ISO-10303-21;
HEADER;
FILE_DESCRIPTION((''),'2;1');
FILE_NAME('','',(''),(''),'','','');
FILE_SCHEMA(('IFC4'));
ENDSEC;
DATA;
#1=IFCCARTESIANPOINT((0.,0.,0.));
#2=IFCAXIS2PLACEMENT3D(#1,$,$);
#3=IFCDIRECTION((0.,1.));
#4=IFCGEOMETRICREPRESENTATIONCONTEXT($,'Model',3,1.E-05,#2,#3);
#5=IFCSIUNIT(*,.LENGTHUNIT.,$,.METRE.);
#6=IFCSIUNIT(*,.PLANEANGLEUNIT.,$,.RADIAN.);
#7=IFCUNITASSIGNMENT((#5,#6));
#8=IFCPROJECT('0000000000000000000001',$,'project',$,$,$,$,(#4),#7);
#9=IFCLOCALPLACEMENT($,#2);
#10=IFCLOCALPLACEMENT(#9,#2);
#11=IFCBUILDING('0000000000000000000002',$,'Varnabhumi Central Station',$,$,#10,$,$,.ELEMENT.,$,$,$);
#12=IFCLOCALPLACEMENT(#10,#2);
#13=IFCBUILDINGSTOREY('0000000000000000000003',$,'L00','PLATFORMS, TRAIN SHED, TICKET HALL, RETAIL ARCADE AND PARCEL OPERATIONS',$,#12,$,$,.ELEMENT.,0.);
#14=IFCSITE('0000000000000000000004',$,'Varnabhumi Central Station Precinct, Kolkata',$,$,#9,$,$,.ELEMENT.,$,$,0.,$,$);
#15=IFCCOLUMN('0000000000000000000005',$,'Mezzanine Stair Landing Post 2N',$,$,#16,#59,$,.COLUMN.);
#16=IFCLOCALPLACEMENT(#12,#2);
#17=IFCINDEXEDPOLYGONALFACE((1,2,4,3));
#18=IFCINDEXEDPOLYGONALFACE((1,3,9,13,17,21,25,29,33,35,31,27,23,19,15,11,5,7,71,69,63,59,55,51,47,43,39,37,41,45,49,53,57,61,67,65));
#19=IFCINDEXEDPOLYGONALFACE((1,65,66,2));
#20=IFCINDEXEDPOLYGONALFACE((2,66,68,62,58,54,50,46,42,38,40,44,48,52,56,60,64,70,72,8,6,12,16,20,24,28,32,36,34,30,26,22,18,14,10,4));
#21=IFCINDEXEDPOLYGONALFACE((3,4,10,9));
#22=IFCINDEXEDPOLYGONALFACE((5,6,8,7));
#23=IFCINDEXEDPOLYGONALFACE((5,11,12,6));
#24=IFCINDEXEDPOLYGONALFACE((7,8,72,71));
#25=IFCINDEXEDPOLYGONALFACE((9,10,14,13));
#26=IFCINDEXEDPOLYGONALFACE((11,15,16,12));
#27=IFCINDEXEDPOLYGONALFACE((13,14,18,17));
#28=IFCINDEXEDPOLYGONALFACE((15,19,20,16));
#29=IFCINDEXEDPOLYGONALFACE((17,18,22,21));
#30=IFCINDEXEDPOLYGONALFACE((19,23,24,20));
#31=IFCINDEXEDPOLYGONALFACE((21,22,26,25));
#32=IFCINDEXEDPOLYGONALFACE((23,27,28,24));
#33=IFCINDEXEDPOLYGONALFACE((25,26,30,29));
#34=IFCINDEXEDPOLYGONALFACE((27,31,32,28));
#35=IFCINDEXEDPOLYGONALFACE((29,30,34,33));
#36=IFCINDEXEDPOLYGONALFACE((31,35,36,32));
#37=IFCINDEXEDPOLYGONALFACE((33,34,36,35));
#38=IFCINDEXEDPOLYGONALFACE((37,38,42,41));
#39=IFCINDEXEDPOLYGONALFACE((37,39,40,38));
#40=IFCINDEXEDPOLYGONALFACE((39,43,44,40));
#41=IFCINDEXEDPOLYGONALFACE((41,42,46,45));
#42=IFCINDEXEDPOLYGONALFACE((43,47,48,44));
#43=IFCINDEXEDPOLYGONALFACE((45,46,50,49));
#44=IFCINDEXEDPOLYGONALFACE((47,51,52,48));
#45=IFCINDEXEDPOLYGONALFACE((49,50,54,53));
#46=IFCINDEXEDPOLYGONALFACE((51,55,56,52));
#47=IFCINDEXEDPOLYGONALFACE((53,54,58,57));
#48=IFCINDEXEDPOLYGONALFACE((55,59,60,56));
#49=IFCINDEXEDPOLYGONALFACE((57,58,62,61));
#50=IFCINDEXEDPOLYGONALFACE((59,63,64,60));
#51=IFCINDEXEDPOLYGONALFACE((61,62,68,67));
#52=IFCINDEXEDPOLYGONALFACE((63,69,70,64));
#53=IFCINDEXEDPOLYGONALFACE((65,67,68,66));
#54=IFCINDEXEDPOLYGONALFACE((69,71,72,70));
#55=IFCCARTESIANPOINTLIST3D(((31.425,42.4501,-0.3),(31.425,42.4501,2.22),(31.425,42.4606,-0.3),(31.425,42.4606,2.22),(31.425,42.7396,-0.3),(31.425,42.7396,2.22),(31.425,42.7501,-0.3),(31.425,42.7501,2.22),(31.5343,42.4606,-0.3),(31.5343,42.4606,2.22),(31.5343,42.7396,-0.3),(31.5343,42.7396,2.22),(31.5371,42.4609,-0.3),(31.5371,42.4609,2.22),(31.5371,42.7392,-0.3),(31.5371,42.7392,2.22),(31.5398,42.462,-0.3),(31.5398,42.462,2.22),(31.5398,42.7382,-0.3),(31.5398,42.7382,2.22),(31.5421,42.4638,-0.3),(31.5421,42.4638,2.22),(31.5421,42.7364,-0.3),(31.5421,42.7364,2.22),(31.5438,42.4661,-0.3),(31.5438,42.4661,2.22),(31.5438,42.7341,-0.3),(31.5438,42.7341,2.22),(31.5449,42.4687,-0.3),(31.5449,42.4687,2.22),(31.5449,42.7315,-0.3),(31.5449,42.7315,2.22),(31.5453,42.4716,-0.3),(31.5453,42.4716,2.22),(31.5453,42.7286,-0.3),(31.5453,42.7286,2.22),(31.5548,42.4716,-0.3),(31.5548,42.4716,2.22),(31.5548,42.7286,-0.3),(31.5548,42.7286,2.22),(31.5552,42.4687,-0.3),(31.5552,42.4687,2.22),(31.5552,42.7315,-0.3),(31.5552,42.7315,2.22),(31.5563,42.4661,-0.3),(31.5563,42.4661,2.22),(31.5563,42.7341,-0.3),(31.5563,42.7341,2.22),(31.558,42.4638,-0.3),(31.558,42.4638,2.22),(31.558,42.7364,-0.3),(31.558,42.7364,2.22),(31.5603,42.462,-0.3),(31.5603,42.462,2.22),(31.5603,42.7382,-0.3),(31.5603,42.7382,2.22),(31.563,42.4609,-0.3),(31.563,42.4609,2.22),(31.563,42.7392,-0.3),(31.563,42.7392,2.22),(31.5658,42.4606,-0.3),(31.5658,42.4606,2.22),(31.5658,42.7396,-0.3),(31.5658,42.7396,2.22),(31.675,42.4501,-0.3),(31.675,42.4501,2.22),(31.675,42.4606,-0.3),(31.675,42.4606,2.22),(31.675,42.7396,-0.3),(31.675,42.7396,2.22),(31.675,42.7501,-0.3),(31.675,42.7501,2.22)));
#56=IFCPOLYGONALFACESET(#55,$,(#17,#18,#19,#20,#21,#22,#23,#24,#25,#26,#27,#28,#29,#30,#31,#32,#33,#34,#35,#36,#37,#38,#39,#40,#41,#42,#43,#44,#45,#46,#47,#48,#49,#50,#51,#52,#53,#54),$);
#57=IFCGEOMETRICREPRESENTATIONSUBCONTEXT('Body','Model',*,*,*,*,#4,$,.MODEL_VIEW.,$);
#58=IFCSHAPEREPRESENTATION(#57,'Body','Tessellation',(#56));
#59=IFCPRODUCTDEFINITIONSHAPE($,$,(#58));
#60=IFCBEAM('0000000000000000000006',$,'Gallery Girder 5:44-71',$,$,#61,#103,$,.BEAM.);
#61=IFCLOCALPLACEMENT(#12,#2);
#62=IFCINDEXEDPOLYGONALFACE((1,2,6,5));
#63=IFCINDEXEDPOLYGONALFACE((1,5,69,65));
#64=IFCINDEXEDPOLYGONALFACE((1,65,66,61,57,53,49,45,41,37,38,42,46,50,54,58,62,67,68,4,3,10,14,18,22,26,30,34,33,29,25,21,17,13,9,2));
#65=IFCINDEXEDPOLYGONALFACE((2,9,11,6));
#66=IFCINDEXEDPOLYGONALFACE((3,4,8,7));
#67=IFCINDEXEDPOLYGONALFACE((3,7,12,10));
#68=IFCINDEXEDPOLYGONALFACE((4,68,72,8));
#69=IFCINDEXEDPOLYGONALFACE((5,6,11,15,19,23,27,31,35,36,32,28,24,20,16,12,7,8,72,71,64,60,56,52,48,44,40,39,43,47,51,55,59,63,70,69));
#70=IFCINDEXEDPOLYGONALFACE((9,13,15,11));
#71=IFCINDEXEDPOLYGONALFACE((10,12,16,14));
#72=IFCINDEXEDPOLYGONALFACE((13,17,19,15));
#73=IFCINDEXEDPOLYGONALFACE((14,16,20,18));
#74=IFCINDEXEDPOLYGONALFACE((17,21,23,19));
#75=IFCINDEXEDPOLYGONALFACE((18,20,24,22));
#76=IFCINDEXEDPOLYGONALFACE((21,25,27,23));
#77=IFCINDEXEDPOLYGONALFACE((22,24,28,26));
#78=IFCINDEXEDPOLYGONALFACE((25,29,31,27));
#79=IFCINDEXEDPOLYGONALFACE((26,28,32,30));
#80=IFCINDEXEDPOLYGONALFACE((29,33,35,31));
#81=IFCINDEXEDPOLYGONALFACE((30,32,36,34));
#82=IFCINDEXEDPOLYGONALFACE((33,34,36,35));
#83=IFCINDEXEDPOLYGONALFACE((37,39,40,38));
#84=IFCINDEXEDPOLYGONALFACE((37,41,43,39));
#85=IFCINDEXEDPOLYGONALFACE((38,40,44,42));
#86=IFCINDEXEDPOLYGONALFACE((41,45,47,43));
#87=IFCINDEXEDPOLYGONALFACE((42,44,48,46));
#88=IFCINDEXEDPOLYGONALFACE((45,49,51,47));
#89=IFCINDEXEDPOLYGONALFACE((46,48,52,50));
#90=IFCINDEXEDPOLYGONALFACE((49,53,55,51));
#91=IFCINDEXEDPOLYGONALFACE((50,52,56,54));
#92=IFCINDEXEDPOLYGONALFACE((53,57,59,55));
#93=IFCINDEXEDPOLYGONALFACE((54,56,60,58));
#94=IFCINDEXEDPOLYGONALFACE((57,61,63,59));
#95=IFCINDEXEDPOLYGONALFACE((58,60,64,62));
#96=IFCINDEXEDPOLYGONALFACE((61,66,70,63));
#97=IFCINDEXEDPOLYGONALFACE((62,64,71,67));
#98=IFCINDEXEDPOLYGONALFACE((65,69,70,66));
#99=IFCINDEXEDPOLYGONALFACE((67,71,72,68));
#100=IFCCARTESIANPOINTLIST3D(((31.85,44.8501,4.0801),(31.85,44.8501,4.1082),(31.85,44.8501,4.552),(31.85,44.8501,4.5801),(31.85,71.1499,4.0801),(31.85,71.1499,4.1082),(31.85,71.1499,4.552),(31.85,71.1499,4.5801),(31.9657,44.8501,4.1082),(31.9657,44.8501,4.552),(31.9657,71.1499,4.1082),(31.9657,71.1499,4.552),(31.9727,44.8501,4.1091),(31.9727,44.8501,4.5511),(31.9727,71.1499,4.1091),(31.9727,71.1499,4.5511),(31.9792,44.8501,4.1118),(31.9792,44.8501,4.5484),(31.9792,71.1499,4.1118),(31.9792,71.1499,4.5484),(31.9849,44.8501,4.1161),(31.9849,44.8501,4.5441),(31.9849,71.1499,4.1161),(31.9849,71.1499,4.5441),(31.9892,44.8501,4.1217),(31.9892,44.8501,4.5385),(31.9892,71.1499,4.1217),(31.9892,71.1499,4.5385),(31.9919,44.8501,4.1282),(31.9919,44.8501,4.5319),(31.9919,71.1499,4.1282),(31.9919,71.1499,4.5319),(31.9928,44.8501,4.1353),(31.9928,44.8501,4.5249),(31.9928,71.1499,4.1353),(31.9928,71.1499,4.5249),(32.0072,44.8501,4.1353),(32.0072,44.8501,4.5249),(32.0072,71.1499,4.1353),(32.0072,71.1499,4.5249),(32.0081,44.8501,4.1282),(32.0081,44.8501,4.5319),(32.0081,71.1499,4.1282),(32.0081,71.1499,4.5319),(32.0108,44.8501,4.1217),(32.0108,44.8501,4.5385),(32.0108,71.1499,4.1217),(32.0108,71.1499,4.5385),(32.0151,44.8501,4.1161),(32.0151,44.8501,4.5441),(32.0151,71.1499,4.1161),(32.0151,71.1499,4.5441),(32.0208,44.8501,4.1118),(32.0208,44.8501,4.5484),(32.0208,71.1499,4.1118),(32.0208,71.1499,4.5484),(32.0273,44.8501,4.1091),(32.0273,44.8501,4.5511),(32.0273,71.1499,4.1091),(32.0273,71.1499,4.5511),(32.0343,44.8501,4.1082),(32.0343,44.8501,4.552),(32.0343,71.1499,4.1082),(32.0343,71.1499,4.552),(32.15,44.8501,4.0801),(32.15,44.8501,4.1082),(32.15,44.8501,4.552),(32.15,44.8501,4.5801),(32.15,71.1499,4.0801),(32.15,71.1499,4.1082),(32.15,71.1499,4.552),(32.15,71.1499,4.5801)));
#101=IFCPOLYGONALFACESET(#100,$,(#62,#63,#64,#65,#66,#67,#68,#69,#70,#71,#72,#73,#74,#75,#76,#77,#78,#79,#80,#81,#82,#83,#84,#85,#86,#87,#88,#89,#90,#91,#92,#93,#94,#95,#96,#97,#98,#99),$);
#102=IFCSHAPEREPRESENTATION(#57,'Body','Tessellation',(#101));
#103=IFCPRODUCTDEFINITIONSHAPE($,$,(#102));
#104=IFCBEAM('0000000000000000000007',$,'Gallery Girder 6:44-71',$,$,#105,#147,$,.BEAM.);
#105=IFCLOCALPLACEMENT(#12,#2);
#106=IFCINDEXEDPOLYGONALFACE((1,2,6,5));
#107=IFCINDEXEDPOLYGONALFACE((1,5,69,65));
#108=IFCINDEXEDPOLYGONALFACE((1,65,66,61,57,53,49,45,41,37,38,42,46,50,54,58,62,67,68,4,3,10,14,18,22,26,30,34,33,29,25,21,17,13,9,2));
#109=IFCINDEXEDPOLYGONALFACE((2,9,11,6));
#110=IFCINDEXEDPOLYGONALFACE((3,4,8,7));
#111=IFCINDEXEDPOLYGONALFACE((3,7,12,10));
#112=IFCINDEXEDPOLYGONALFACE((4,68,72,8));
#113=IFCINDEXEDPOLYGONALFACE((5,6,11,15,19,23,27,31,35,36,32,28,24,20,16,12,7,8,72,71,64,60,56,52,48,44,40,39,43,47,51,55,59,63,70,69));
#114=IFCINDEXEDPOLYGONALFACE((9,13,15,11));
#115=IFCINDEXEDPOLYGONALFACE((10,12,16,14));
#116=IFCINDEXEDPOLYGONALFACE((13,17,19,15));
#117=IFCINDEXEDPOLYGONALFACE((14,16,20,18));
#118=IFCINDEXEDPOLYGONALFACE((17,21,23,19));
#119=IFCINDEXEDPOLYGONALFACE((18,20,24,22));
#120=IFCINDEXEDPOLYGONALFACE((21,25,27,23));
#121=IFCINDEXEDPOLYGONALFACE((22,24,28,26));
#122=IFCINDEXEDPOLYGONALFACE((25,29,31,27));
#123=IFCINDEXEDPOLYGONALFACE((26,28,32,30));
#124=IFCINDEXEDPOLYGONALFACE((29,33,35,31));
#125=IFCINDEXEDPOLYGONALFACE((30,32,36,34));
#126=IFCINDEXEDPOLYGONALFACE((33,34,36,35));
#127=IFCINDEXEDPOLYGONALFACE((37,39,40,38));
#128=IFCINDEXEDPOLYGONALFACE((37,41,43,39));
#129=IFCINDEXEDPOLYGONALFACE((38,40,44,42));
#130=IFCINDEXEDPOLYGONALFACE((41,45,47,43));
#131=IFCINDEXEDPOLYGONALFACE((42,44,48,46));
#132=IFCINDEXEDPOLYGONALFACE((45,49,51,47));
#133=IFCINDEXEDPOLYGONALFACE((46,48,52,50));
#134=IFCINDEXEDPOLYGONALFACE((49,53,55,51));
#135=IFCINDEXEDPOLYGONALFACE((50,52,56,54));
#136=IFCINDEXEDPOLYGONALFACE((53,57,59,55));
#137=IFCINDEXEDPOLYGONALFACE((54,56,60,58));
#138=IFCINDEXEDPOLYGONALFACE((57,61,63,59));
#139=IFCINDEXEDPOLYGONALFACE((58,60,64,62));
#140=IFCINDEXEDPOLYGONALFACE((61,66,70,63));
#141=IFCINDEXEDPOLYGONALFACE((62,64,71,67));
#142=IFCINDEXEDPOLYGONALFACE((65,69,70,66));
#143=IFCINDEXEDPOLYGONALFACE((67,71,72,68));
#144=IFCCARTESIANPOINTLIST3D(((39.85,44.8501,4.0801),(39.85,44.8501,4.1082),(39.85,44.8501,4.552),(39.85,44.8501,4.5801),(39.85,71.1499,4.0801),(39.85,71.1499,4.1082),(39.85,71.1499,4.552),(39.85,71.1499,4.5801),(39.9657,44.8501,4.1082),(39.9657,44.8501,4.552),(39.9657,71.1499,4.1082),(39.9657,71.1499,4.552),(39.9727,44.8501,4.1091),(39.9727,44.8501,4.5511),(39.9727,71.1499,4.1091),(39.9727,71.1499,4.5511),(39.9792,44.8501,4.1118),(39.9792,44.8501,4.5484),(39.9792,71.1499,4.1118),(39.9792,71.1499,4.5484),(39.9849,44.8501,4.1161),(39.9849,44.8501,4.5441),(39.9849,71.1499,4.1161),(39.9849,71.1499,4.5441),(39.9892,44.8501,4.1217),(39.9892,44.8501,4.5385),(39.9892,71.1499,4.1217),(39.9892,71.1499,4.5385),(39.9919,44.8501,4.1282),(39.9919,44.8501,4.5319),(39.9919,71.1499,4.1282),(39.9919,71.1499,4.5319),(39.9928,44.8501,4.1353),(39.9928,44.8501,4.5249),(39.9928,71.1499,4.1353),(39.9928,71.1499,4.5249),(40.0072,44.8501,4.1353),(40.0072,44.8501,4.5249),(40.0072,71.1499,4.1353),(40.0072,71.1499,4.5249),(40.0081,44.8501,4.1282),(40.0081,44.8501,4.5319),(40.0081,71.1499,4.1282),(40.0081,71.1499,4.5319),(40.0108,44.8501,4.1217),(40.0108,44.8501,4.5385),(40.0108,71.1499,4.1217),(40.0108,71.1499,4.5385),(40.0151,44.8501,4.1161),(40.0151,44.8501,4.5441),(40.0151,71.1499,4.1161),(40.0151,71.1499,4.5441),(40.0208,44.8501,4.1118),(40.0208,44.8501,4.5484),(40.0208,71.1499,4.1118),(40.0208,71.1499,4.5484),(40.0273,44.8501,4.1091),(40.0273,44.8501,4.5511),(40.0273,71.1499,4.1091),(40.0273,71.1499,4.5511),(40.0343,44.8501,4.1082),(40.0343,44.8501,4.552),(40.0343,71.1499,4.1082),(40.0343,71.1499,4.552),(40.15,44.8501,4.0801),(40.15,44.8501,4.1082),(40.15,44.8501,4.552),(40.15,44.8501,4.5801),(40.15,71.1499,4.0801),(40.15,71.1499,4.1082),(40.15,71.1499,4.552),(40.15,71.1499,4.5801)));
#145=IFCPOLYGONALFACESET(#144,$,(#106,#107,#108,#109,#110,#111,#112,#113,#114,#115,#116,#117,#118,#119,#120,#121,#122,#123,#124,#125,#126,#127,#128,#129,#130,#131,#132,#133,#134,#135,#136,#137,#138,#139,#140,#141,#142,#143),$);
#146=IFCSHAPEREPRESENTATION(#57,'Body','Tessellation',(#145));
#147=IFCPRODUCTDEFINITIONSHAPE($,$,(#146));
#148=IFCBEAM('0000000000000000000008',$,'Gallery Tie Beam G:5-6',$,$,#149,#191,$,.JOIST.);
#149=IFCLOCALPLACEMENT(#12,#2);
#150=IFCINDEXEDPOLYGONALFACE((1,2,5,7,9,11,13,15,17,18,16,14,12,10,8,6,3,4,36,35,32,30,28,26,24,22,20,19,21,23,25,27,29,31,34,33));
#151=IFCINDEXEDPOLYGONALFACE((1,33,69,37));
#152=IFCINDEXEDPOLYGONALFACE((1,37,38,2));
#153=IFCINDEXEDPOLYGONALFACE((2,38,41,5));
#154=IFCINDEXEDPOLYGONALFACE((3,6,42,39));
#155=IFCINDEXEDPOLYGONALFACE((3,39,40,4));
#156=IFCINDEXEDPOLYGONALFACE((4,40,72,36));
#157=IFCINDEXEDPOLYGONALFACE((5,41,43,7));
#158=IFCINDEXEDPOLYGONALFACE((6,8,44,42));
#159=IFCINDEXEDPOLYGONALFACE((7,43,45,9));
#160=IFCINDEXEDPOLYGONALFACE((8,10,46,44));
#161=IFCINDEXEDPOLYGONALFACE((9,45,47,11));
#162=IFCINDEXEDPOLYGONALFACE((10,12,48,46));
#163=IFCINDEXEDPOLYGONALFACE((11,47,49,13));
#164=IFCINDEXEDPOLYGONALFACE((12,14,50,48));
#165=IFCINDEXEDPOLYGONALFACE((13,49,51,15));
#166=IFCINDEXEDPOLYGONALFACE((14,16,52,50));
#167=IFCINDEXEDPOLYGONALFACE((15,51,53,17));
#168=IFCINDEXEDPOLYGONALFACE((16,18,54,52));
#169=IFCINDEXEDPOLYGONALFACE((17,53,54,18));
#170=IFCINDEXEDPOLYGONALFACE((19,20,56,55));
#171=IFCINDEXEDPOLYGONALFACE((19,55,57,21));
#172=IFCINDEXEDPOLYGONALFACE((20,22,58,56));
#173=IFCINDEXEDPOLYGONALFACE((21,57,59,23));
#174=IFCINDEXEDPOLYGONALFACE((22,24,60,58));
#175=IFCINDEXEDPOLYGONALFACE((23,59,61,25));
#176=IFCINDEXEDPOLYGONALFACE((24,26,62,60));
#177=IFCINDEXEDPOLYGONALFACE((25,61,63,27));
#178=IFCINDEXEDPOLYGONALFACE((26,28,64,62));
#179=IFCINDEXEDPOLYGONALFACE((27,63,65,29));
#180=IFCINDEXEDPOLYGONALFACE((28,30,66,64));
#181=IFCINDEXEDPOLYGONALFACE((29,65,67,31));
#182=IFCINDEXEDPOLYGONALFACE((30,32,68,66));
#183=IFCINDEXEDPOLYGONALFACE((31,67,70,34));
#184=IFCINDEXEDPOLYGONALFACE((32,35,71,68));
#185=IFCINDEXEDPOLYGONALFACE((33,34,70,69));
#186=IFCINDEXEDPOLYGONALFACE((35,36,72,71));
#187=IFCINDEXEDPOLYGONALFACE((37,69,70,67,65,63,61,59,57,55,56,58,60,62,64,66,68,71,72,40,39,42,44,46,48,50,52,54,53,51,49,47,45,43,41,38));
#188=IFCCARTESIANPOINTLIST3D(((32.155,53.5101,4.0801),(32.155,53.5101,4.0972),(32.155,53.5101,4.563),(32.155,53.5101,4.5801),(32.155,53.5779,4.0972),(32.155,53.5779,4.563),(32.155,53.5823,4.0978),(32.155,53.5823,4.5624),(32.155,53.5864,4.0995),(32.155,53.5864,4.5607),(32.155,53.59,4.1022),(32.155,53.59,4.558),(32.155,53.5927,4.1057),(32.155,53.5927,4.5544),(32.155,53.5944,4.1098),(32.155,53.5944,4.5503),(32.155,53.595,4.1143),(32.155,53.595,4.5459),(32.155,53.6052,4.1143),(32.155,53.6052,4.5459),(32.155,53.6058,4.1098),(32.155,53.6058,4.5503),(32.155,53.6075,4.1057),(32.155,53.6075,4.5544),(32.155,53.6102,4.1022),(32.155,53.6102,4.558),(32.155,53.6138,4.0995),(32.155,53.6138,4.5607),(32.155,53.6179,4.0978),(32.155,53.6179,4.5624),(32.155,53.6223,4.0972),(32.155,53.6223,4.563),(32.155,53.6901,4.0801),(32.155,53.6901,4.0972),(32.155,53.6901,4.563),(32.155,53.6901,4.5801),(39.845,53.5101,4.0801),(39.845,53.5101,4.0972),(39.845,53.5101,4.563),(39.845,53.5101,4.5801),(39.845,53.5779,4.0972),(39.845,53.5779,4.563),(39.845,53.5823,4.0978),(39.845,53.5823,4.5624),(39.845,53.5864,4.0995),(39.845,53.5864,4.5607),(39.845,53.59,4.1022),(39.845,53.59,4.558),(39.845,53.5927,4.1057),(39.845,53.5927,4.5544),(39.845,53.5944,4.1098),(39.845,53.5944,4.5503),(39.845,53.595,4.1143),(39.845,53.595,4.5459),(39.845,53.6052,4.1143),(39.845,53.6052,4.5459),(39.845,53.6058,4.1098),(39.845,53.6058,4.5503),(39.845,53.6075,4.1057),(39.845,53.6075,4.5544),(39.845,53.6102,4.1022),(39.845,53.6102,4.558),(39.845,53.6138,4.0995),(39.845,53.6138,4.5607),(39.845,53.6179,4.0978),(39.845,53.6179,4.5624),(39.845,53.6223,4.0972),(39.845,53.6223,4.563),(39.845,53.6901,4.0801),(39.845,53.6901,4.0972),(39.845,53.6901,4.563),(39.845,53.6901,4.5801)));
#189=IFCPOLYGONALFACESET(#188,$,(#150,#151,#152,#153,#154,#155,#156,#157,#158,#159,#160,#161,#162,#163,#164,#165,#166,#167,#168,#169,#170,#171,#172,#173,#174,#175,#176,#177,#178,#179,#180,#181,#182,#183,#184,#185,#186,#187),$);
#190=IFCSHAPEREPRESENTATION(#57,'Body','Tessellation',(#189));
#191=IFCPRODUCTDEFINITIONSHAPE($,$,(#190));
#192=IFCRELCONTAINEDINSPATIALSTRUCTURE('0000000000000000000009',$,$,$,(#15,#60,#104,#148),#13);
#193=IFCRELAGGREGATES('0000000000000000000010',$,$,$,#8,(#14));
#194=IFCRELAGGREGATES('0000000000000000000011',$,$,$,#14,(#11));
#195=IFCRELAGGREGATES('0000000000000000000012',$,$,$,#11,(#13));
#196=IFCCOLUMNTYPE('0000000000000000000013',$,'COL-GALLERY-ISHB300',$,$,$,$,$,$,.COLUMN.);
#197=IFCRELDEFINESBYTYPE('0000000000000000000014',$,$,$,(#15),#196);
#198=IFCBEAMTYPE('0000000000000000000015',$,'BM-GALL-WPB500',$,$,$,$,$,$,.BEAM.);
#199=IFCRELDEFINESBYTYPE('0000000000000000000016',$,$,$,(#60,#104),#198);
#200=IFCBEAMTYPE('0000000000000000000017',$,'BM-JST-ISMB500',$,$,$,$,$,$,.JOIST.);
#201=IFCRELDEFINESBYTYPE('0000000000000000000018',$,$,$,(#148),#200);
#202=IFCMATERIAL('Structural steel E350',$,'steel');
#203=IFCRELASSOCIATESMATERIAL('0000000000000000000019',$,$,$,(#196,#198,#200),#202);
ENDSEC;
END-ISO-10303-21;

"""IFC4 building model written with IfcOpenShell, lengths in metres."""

from ifc_helpers import new_model, si_unit, direction, frame, origin, origin_2d, place, context, subcontext, project, spatial, i_section, extrude, material, material_profile, profile_set, type_object, element, save


model = new_model("IFC4")

# Units and contexts
model_context = context("Model", 3, precision=1e-05, world=origin(), true_north=direction((0.0, 1.0)))
body_context = subcontext(model_context, "Body", "Model", "MODEL_VIEW")
ifc_project = project(units=[si_unit("LENGTHUNIT", "METRE"), si_unit("PLANEANGLEUNIT", "RADIAN")], contexts=[model_context])

# Site, building, storey
site_placement = place(None, origin())
site = spatial("IfcSite", under=ifc_project, at=site_placement, Name="Varnabhumi Central Station Precinct, Kolkata", CompositionType="ELEMENT", RefElevation=0.0)
building_placement = place(site_placement, origin())
building = spatial("IfcBuilding", under=site, at=building_placement, Name="Varnabhumi Central Station", CompositionType="ELEMENT")
storey_placement = place(building_placement, origin())
storey = spatial("IfcBuildingStorey", under=building, at=storey_placement, Name="L00", Description="PLATFORMS, TRAIN SHED, TICKET HALL, RETAIL ARCADE AND PARCEL OPERATIONS", CompositionType="ELEMENT", Elevation=0.0)

# Column
ifc_material_1 = material(Name="Structural steel E350", Category="steel")
ifc_material_profile_1 = material_profile(ifc_material_1, i_section(OverallWidth=0.25, OverallDepth=0.3, WebThickness=0.0095, FlangeThickness=0.0105, FilletRadius=0.011, at=origin_2d()), Name="Structural steel E350", Category="steel")
ifc_profile_set_1 = profile_set([ifc_material_profile_1], Name="Structural steel E350")
column_type = type_object("IfcColumnType", Name="COL-GALLERY-ISHB300", PredefinedType="COLUMN", material=ifc_profile_set_1)
for number, where, z_axis, x_axis, name in (
    (1, (31.55, 42.6001, -0.3), (0.0, 0.0, 1.0), (1.0, 0.0, 0.0), "Mezzanine Stair Landing Post 2N"),
):
    element("IfcColumn", number, at=place(storey_placement, frame(where, z_axis=z_axis, x_axis=x_axis)), inside=storey, type_object=column_type, Name=name, PredefinedType="COLUMN", context=body_context, shape_type="SweptSolid", body=[
        extrude(i_section(OverallWidth=0.25, OverallDepth=0.3, WebThickness=0.0095, FlangeThickness=0.0105, FilletRadius=0.011, at=origin_2d()), origin(), (0.0, 0.0, 1.0), 2.52),
    ])

# Beams
ifc_material_profile_2 = material_profile(ifc_material_1, i_section(OverallWidth=0.3, OverallDepth=0.5, WebThickness=0.0144, FlangeThickness=0.0281, FilletRadius=0.0271, at=origin_2d()), Name="Structural steel E350", Category="steel")
ifc_profile_set_2 = profile_set([ifc_material_profile_2], Name="Structural steel E350")
beam_type_1 = type_object("IfcBeamType", Name="BM-GALL-WPB500", PredefinedType="BEAM", material=ifc_profile_set_2)
for number, where, z_axis, x_axis, name in (
    (2, (32.0, 44.8501, 4.3301), (0.0, 1.0, 0.0), (-1.0, 0.0, 0.0), "Gallery Girder 5:44-71"),
    (3, (40.0, 44.8501, 4.3301), (0.0, 1.0, 0.0), (-1.0, 0.0, 0.0), "Gallery Girder 6:44-71"),
):
    element("IfcBeam", number, at=place(storey_placement, frame(where, z_axis=z_axis, x_axis=x_axis)), inside=storey, type_object=beam_type_1, Name=name, PredefinedType="BEAM", context=body_context, shape_type="SweptSolid", body=[
        extrude(i_section(OverallWidth=0.3, OverallDepth=0.5, WebThickness=0.0144, FlangeThickness=0.0281, FilletRadius=0.0271, at=origin_2d()), origin(), (0.0, 0.0, 1.0), 26.2998),
    ])
ifc_material_profile_3 = material_profile(ifc_material_1, i_section(OverallWidth=0.1799, OverallDepth=0.5, WebThickness=0.0103, FlangeThickness=0.0171, FilletRadius=0.0171, at=origin_2d()), Name="Structural steel E350", Category="steel")
ifc_profile_set_3 = profile_set([ifc_material_profile_3], Name="Structural steel E350")
beam_type_2 = type_object("IfcBeamType", Name="BM-JST-ISMB500", PredefinedType="JOIST", material=ifc_profile_set_3)
for number, where, z_axis, x_axis, name in (
    (4, (32.155, 53.6001, 4.3301), (1.0, 0.0, 0.0), (0.0, 1.0, 0.0), "Gallery Tie Beam G:5-6"),
):
    element("IfcBeam", number, at=place(storey_placement, frame(where, z_axis=z_axis, x_axis=x_axis)), inside=storey, type_object=beam_type_2, Name=name, PredefinedType="JOIST", context=body_context, shape_type="SweptSolid", body=[
        extrude(i_section(OverallWidth=0.1799, OverallDepth=0.5, WebThickness=0.0103, FlangeThickness=0.0171, FilletRadius=0.0171, at=origin_2d()), origin(), (0.0, 0.0, 1.0), 7.6899),
    ])

save(model, "model.ifc")
